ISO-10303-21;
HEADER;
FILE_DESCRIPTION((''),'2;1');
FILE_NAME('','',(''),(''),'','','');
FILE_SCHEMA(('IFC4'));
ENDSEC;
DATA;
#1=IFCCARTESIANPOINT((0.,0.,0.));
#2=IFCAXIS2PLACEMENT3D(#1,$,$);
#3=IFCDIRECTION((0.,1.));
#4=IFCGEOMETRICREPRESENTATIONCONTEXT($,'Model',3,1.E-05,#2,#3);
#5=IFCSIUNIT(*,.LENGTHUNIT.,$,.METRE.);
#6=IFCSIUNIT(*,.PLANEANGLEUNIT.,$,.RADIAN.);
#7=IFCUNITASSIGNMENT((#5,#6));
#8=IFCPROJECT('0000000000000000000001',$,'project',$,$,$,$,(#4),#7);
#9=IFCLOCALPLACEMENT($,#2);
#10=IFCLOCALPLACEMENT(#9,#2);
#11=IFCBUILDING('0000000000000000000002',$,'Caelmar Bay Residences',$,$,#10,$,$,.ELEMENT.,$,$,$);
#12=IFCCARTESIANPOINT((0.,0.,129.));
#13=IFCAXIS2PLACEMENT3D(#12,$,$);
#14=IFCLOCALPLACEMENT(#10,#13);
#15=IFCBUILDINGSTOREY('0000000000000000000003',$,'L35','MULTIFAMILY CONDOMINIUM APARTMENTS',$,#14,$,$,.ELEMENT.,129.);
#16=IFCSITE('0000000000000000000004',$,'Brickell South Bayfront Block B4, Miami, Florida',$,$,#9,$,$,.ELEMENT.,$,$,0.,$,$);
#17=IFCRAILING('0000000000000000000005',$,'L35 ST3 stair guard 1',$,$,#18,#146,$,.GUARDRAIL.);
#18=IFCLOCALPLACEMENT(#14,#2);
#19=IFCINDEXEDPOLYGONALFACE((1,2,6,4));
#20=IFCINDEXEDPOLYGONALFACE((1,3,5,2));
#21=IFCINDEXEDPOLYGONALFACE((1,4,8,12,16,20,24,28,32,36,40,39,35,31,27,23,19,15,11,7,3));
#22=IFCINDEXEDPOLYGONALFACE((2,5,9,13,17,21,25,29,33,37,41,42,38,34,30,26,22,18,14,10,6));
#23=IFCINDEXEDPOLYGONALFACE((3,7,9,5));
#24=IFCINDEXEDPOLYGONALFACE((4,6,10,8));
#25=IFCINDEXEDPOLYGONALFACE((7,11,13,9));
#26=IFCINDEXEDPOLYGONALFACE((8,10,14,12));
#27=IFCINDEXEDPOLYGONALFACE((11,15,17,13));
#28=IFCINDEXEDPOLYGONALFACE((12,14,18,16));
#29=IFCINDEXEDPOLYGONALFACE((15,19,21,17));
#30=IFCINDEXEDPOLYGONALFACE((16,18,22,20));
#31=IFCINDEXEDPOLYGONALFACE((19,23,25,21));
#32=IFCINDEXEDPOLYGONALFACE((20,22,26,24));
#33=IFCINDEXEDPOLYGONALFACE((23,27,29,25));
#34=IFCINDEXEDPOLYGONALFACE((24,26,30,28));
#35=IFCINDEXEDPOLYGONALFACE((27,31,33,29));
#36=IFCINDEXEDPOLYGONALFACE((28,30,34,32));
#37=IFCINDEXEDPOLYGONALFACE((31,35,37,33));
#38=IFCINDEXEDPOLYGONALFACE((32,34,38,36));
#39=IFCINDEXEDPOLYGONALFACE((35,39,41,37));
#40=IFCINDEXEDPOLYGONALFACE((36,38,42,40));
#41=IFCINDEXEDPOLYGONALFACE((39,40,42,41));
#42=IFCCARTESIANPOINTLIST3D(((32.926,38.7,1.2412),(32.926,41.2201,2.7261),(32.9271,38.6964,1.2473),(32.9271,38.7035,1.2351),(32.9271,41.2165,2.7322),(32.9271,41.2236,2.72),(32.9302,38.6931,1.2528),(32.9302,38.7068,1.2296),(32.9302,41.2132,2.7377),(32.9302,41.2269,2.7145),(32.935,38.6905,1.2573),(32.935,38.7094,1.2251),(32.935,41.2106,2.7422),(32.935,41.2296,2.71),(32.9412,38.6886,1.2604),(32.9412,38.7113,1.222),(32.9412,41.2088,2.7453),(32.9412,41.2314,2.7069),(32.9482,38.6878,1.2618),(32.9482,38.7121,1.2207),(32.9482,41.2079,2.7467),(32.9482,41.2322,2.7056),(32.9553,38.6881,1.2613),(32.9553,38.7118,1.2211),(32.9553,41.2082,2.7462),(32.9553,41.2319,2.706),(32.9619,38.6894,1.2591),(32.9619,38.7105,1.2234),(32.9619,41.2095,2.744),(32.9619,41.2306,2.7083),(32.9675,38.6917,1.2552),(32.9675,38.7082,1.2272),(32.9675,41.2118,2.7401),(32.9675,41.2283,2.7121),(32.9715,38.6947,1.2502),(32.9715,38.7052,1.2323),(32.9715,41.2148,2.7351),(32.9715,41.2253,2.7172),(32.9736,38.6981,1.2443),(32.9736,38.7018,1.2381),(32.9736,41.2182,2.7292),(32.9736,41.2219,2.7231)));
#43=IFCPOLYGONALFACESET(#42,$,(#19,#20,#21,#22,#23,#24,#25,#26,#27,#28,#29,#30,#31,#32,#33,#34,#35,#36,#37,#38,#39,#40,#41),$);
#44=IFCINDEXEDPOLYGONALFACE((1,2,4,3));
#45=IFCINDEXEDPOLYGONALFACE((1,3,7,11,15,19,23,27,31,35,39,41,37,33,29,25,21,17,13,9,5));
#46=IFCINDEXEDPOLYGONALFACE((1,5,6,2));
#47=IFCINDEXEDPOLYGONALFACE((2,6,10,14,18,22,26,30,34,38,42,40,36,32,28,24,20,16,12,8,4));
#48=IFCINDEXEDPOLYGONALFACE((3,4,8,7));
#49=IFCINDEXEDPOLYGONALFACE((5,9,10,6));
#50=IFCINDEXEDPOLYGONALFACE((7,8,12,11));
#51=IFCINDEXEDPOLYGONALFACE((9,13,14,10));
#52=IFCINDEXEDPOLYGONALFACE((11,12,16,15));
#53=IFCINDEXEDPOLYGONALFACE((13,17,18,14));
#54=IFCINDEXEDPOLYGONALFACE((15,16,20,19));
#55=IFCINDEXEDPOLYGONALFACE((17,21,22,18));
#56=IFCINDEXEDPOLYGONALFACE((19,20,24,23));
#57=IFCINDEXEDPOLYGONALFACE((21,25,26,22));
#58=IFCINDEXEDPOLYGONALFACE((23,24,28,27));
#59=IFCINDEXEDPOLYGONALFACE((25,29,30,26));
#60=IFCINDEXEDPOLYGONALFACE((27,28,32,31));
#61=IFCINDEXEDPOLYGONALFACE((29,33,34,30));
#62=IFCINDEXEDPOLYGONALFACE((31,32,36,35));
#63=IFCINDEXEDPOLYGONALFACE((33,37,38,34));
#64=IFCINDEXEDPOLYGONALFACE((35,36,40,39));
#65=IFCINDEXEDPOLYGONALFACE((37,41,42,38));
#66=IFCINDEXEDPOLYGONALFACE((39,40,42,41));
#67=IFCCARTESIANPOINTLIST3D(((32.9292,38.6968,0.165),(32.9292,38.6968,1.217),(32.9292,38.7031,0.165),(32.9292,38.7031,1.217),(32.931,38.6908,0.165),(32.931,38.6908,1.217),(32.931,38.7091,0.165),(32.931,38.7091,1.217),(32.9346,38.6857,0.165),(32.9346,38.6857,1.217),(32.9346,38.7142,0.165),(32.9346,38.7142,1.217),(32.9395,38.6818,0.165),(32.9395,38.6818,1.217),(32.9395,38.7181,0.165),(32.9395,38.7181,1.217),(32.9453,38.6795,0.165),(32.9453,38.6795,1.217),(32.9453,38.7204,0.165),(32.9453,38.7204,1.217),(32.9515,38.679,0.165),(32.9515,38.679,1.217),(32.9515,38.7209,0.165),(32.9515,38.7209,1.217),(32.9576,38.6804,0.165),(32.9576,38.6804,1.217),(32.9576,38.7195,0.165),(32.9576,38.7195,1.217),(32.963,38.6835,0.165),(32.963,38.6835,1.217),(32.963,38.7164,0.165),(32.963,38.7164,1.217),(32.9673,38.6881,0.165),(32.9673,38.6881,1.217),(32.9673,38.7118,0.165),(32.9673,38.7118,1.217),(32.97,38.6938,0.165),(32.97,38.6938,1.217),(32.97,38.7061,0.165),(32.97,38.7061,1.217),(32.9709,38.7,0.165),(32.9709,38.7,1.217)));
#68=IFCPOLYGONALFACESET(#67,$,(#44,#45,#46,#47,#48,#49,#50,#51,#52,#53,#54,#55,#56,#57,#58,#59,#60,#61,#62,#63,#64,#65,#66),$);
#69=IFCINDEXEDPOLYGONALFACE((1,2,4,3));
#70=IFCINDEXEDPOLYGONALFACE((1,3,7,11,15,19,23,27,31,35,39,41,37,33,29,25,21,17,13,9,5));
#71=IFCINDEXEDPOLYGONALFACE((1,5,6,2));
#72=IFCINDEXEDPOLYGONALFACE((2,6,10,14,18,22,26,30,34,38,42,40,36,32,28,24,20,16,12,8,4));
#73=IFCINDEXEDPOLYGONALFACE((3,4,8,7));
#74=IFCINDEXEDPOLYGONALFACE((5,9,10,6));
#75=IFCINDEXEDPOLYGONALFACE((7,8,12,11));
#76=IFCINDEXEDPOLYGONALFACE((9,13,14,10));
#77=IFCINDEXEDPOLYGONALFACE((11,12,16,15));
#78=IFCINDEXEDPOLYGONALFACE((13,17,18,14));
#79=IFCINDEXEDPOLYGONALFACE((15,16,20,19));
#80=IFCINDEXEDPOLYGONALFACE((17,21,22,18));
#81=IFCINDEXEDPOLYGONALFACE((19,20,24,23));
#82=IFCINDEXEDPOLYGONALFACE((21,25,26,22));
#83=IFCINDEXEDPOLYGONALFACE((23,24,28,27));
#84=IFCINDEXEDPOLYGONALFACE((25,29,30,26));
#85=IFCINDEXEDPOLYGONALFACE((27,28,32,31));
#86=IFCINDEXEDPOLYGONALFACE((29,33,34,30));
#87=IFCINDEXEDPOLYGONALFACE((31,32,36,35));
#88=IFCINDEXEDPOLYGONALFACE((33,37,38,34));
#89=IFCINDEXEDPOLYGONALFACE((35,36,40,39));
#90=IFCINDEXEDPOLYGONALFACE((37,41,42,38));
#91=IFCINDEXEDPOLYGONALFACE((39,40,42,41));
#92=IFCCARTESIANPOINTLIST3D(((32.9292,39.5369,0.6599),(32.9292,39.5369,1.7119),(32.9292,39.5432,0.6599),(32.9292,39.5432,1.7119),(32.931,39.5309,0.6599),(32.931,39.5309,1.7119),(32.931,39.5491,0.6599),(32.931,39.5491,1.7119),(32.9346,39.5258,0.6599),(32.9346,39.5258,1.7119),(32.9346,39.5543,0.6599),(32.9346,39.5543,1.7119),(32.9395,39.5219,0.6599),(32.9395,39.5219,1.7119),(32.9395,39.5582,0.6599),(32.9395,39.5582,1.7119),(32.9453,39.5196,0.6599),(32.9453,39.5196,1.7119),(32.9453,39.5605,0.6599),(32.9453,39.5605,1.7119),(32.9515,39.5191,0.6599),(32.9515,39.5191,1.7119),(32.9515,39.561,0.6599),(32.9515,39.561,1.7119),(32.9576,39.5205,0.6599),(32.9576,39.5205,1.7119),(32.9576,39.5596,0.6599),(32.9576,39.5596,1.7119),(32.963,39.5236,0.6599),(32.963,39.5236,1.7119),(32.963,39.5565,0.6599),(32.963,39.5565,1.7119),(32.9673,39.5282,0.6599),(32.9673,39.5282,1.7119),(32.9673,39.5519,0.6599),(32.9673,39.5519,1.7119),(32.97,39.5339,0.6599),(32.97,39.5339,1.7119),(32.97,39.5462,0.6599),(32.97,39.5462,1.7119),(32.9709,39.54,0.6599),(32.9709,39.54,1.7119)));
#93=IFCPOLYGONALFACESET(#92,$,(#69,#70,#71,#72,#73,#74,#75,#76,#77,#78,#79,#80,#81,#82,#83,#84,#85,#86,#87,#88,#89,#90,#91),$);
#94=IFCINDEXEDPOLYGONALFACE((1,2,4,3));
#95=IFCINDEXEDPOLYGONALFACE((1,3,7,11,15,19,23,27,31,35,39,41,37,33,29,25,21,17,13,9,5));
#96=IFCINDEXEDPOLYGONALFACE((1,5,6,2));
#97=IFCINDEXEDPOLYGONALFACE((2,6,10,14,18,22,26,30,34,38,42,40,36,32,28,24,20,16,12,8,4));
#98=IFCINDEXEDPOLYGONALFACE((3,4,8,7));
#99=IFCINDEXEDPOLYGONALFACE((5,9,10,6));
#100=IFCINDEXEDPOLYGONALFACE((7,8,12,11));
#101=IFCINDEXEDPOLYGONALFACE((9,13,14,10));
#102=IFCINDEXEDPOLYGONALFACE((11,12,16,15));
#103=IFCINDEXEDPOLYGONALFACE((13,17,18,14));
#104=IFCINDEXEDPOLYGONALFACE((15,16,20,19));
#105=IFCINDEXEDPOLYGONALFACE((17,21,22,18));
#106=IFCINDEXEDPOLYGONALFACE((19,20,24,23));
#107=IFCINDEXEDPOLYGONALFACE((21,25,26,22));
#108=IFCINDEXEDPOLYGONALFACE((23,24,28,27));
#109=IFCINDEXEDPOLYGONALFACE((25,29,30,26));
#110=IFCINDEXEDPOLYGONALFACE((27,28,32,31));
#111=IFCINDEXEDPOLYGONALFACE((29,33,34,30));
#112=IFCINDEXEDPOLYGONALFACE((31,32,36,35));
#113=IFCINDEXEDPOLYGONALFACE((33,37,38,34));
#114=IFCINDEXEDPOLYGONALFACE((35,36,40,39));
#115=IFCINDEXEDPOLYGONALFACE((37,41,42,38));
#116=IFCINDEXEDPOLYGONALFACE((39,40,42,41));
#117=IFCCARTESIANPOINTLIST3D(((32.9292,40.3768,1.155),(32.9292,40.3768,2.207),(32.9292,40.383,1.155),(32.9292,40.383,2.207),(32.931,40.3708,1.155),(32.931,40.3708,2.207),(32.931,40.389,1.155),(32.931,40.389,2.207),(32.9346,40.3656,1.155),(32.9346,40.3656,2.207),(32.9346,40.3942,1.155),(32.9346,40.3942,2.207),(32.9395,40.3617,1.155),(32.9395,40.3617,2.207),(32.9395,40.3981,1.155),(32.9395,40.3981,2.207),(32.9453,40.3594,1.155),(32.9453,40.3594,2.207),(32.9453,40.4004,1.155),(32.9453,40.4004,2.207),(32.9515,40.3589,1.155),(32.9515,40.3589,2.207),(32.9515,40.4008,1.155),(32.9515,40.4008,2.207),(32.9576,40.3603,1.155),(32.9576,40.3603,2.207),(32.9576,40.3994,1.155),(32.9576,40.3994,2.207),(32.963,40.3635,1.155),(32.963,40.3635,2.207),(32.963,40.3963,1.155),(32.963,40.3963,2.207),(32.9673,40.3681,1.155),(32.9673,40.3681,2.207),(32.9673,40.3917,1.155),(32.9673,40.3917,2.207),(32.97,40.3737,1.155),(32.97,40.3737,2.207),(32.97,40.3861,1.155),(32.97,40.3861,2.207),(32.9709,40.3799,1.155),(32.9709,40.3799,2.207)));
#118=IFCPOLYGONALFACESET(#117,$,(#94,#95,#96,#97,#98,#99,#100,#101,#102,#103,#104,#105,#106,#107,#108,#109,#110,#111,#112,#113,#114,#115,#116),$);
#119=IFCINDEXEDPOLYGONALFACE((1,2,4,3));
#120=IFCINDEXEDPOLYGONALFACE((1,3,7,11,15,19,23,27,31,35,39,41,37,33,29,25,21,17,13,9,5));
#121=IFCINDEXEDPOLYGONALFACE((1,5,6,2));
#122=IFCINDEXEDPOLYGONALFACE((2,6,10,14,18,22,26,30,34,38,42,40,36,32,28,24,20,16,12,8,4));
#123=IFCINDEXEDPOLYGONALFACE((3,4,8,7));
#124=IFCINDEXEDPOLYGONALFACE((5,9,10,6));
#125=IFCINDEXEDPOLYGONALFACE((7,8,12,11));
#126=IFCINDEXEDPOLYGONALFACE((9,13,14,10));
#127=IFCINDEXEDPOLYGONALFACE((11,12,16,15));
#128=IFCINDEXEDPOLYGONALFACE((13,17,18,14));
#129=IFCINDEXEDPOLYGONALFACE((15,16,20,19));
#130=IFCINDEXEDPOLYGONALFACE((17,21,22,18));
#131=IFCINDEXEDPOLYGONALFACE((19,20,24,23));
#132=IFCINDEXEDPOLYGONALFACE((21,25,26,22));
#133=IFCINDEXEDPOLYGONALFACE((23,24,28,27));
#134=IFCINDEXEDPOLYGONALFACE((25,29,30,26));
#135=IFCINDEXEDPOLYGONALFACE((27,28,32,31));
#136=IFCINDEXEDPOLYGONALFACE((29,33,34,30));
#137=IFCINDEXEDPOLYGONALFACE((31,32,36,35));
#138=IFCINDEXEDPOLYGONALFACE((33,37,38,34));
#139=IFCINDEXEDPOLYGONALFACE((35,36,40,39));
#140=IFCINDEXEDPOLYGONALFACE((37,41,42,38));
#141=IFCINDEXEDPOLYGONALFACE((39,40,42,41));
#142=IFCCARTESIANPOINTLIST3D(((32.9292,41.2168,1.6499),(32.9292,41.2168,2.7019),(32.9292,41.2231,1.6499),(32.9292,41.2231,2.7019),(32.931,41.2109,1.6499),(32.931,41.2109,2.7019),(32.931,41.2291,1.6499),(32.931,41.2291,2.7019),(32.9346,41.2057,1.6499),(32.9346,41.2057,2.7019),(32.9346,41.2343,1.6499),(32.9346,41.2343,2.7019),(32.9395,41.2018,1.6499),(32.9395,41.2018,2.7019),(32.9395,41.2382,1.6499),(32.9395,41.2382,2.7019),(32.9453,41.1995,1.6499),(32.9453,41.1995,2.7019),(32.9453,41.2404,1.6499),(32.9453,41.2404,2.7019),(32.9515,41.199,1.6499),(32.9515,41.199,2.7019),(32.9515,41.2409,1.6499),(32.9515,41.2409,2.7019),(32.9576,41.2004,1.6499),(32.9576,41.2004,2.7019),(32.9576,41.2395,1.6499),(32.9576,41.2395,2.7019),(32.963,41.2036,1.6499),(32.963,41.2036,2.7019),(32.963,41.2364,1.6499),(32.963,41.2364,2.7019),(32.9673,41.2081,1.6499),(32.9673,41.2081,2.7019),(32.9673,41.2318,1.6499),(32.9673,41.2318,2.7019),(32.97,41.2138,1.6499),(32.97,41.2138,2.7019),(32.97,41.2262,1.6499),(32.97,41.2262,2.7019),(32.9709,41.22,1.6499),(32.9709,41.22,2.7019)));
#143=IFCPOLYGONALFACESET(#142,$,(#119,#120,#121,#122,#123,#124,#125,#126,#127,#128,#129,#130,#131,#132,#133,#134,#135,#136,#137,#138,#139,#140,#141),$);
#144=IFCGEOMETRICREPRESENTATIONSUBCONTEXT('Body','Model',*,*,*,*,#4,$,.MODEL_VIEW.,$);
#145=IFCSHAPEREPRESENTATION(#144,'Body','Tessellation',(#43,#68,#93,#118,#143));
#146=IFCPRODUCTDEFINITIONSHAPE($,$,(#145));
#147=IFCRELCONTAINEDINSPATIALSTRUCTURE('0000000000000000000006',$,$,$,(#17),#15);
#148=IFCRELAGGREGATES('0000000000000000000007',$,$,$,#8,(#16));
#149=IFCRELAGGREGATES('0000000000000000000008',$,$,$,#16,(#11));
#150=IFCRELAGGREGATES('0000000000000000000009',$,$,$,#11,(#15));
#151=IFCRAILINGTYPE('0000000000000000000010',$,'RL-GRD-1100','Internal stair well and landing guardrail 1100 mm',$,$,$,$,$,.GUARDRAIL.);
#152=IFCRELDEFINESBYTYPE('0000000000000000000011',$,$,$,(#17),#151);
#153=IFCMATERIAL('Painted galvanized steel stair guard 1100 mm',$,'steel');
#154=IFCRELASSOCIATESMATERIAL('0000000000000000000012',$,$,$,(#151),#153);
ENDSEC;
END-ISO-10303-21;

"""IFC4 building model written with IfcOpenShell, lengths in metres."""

from ifc_helpers import new_model, si_unit, direction, frame, origin, origin_2d, place, context, subcontext, project, spatial, circle, extrude, material, type_object, element, save


model = new_model("IFC4")

# Units and contexts
model_context = context("Model", 3, precision=1e-05, world=origin(), true_north=direction((0.0, 1.0)))
body_context = subcontext(model_context, "Body", "Model", "MODEL_VIEW")
ifc_project = project(units=[si_unit("LENGTHUNIT", "METRE"), si_unit("PLANEANGLEUNIT", "RADIAN")], contexts=[model_context])

# Site, building, storey
site_placement = place(None, origin())
site = spatial("IfcSite", under=ifc_project, at=site_placement, Name="Brickell South Bayfront Block B4, Miami, Florida", CompositionType="ELEMENT", RefElevation=0.0)
building_placement = place(site_placement, origin())
building = spatial("IfcBuilding", under=site, at=building_placement, Name="Caelmar Bay Residences", CompositionType="ELEMENT")
storey_placement = place(building_placement, frame((0.0, 0.0, 129.0)))
storey = spatial("IfcBuildingStorey", under=building, at=storey_placement, Name="L35", Description="MULTIFAMILY CONDOMINIUM APARTMENTS", CompositionType="ELEMENT", Elevation=129.0)

# Railing
ifc_material_1 = material(Name="Painted galvanized steel stair guard 1100 mm", Category="steel")
railing_type_1 = type_object("IfcRailingType", Name="RL-GRD-1100", Description="Internal stair well and landing guardrail 1100 mm", PredefinedType="GUARDRAIL", material=ifc_material_1)
railing_1_placement = place(storey_placement, frame((32.95, 38.7, 0.165)))
element("IfcRailing", 1, at=railing_1_placement, inside=storey, type_object=railing_type_1, Name="L35 ST3 stair guard 1", PredefinedType="GUARDRAIL", context=body_context, shape_type="SweptSolid", body=[
    extrude(circle(Radius=0.0239, at=origin_2d()), frame((0.0, 0.0, 1.0762), z_axis=(0.0, 0.861561, 0.507655), x_axis=(-1.0, 0.0, 0.0)), (0.0, 0.0, 1.0), 2.925),
    extrude(circle(Radius=0.021, at=origin_2d()), origin(), (0.0, 0.0, 1.0), 1.052),
    extrude(circle(Radius=0.021, at=origin_2d()), frame((0.0, 0.8401, 0.4949)), (0.0, 0.0, 1.0), 1.052),
    extrude(circle(Radius=0.021, at=origin_2d()), frame((0.0, 1.6799, 0.99)), (0.0, 0.0, 1.0), 1.052),
    extrude(circle(Radius=0.021, at=origin_2d()), frame((0.0, 2.52, 1.4849)), (0.0, 0.0, 1.0), 1.052),
])

save(model, "model.ifc")
